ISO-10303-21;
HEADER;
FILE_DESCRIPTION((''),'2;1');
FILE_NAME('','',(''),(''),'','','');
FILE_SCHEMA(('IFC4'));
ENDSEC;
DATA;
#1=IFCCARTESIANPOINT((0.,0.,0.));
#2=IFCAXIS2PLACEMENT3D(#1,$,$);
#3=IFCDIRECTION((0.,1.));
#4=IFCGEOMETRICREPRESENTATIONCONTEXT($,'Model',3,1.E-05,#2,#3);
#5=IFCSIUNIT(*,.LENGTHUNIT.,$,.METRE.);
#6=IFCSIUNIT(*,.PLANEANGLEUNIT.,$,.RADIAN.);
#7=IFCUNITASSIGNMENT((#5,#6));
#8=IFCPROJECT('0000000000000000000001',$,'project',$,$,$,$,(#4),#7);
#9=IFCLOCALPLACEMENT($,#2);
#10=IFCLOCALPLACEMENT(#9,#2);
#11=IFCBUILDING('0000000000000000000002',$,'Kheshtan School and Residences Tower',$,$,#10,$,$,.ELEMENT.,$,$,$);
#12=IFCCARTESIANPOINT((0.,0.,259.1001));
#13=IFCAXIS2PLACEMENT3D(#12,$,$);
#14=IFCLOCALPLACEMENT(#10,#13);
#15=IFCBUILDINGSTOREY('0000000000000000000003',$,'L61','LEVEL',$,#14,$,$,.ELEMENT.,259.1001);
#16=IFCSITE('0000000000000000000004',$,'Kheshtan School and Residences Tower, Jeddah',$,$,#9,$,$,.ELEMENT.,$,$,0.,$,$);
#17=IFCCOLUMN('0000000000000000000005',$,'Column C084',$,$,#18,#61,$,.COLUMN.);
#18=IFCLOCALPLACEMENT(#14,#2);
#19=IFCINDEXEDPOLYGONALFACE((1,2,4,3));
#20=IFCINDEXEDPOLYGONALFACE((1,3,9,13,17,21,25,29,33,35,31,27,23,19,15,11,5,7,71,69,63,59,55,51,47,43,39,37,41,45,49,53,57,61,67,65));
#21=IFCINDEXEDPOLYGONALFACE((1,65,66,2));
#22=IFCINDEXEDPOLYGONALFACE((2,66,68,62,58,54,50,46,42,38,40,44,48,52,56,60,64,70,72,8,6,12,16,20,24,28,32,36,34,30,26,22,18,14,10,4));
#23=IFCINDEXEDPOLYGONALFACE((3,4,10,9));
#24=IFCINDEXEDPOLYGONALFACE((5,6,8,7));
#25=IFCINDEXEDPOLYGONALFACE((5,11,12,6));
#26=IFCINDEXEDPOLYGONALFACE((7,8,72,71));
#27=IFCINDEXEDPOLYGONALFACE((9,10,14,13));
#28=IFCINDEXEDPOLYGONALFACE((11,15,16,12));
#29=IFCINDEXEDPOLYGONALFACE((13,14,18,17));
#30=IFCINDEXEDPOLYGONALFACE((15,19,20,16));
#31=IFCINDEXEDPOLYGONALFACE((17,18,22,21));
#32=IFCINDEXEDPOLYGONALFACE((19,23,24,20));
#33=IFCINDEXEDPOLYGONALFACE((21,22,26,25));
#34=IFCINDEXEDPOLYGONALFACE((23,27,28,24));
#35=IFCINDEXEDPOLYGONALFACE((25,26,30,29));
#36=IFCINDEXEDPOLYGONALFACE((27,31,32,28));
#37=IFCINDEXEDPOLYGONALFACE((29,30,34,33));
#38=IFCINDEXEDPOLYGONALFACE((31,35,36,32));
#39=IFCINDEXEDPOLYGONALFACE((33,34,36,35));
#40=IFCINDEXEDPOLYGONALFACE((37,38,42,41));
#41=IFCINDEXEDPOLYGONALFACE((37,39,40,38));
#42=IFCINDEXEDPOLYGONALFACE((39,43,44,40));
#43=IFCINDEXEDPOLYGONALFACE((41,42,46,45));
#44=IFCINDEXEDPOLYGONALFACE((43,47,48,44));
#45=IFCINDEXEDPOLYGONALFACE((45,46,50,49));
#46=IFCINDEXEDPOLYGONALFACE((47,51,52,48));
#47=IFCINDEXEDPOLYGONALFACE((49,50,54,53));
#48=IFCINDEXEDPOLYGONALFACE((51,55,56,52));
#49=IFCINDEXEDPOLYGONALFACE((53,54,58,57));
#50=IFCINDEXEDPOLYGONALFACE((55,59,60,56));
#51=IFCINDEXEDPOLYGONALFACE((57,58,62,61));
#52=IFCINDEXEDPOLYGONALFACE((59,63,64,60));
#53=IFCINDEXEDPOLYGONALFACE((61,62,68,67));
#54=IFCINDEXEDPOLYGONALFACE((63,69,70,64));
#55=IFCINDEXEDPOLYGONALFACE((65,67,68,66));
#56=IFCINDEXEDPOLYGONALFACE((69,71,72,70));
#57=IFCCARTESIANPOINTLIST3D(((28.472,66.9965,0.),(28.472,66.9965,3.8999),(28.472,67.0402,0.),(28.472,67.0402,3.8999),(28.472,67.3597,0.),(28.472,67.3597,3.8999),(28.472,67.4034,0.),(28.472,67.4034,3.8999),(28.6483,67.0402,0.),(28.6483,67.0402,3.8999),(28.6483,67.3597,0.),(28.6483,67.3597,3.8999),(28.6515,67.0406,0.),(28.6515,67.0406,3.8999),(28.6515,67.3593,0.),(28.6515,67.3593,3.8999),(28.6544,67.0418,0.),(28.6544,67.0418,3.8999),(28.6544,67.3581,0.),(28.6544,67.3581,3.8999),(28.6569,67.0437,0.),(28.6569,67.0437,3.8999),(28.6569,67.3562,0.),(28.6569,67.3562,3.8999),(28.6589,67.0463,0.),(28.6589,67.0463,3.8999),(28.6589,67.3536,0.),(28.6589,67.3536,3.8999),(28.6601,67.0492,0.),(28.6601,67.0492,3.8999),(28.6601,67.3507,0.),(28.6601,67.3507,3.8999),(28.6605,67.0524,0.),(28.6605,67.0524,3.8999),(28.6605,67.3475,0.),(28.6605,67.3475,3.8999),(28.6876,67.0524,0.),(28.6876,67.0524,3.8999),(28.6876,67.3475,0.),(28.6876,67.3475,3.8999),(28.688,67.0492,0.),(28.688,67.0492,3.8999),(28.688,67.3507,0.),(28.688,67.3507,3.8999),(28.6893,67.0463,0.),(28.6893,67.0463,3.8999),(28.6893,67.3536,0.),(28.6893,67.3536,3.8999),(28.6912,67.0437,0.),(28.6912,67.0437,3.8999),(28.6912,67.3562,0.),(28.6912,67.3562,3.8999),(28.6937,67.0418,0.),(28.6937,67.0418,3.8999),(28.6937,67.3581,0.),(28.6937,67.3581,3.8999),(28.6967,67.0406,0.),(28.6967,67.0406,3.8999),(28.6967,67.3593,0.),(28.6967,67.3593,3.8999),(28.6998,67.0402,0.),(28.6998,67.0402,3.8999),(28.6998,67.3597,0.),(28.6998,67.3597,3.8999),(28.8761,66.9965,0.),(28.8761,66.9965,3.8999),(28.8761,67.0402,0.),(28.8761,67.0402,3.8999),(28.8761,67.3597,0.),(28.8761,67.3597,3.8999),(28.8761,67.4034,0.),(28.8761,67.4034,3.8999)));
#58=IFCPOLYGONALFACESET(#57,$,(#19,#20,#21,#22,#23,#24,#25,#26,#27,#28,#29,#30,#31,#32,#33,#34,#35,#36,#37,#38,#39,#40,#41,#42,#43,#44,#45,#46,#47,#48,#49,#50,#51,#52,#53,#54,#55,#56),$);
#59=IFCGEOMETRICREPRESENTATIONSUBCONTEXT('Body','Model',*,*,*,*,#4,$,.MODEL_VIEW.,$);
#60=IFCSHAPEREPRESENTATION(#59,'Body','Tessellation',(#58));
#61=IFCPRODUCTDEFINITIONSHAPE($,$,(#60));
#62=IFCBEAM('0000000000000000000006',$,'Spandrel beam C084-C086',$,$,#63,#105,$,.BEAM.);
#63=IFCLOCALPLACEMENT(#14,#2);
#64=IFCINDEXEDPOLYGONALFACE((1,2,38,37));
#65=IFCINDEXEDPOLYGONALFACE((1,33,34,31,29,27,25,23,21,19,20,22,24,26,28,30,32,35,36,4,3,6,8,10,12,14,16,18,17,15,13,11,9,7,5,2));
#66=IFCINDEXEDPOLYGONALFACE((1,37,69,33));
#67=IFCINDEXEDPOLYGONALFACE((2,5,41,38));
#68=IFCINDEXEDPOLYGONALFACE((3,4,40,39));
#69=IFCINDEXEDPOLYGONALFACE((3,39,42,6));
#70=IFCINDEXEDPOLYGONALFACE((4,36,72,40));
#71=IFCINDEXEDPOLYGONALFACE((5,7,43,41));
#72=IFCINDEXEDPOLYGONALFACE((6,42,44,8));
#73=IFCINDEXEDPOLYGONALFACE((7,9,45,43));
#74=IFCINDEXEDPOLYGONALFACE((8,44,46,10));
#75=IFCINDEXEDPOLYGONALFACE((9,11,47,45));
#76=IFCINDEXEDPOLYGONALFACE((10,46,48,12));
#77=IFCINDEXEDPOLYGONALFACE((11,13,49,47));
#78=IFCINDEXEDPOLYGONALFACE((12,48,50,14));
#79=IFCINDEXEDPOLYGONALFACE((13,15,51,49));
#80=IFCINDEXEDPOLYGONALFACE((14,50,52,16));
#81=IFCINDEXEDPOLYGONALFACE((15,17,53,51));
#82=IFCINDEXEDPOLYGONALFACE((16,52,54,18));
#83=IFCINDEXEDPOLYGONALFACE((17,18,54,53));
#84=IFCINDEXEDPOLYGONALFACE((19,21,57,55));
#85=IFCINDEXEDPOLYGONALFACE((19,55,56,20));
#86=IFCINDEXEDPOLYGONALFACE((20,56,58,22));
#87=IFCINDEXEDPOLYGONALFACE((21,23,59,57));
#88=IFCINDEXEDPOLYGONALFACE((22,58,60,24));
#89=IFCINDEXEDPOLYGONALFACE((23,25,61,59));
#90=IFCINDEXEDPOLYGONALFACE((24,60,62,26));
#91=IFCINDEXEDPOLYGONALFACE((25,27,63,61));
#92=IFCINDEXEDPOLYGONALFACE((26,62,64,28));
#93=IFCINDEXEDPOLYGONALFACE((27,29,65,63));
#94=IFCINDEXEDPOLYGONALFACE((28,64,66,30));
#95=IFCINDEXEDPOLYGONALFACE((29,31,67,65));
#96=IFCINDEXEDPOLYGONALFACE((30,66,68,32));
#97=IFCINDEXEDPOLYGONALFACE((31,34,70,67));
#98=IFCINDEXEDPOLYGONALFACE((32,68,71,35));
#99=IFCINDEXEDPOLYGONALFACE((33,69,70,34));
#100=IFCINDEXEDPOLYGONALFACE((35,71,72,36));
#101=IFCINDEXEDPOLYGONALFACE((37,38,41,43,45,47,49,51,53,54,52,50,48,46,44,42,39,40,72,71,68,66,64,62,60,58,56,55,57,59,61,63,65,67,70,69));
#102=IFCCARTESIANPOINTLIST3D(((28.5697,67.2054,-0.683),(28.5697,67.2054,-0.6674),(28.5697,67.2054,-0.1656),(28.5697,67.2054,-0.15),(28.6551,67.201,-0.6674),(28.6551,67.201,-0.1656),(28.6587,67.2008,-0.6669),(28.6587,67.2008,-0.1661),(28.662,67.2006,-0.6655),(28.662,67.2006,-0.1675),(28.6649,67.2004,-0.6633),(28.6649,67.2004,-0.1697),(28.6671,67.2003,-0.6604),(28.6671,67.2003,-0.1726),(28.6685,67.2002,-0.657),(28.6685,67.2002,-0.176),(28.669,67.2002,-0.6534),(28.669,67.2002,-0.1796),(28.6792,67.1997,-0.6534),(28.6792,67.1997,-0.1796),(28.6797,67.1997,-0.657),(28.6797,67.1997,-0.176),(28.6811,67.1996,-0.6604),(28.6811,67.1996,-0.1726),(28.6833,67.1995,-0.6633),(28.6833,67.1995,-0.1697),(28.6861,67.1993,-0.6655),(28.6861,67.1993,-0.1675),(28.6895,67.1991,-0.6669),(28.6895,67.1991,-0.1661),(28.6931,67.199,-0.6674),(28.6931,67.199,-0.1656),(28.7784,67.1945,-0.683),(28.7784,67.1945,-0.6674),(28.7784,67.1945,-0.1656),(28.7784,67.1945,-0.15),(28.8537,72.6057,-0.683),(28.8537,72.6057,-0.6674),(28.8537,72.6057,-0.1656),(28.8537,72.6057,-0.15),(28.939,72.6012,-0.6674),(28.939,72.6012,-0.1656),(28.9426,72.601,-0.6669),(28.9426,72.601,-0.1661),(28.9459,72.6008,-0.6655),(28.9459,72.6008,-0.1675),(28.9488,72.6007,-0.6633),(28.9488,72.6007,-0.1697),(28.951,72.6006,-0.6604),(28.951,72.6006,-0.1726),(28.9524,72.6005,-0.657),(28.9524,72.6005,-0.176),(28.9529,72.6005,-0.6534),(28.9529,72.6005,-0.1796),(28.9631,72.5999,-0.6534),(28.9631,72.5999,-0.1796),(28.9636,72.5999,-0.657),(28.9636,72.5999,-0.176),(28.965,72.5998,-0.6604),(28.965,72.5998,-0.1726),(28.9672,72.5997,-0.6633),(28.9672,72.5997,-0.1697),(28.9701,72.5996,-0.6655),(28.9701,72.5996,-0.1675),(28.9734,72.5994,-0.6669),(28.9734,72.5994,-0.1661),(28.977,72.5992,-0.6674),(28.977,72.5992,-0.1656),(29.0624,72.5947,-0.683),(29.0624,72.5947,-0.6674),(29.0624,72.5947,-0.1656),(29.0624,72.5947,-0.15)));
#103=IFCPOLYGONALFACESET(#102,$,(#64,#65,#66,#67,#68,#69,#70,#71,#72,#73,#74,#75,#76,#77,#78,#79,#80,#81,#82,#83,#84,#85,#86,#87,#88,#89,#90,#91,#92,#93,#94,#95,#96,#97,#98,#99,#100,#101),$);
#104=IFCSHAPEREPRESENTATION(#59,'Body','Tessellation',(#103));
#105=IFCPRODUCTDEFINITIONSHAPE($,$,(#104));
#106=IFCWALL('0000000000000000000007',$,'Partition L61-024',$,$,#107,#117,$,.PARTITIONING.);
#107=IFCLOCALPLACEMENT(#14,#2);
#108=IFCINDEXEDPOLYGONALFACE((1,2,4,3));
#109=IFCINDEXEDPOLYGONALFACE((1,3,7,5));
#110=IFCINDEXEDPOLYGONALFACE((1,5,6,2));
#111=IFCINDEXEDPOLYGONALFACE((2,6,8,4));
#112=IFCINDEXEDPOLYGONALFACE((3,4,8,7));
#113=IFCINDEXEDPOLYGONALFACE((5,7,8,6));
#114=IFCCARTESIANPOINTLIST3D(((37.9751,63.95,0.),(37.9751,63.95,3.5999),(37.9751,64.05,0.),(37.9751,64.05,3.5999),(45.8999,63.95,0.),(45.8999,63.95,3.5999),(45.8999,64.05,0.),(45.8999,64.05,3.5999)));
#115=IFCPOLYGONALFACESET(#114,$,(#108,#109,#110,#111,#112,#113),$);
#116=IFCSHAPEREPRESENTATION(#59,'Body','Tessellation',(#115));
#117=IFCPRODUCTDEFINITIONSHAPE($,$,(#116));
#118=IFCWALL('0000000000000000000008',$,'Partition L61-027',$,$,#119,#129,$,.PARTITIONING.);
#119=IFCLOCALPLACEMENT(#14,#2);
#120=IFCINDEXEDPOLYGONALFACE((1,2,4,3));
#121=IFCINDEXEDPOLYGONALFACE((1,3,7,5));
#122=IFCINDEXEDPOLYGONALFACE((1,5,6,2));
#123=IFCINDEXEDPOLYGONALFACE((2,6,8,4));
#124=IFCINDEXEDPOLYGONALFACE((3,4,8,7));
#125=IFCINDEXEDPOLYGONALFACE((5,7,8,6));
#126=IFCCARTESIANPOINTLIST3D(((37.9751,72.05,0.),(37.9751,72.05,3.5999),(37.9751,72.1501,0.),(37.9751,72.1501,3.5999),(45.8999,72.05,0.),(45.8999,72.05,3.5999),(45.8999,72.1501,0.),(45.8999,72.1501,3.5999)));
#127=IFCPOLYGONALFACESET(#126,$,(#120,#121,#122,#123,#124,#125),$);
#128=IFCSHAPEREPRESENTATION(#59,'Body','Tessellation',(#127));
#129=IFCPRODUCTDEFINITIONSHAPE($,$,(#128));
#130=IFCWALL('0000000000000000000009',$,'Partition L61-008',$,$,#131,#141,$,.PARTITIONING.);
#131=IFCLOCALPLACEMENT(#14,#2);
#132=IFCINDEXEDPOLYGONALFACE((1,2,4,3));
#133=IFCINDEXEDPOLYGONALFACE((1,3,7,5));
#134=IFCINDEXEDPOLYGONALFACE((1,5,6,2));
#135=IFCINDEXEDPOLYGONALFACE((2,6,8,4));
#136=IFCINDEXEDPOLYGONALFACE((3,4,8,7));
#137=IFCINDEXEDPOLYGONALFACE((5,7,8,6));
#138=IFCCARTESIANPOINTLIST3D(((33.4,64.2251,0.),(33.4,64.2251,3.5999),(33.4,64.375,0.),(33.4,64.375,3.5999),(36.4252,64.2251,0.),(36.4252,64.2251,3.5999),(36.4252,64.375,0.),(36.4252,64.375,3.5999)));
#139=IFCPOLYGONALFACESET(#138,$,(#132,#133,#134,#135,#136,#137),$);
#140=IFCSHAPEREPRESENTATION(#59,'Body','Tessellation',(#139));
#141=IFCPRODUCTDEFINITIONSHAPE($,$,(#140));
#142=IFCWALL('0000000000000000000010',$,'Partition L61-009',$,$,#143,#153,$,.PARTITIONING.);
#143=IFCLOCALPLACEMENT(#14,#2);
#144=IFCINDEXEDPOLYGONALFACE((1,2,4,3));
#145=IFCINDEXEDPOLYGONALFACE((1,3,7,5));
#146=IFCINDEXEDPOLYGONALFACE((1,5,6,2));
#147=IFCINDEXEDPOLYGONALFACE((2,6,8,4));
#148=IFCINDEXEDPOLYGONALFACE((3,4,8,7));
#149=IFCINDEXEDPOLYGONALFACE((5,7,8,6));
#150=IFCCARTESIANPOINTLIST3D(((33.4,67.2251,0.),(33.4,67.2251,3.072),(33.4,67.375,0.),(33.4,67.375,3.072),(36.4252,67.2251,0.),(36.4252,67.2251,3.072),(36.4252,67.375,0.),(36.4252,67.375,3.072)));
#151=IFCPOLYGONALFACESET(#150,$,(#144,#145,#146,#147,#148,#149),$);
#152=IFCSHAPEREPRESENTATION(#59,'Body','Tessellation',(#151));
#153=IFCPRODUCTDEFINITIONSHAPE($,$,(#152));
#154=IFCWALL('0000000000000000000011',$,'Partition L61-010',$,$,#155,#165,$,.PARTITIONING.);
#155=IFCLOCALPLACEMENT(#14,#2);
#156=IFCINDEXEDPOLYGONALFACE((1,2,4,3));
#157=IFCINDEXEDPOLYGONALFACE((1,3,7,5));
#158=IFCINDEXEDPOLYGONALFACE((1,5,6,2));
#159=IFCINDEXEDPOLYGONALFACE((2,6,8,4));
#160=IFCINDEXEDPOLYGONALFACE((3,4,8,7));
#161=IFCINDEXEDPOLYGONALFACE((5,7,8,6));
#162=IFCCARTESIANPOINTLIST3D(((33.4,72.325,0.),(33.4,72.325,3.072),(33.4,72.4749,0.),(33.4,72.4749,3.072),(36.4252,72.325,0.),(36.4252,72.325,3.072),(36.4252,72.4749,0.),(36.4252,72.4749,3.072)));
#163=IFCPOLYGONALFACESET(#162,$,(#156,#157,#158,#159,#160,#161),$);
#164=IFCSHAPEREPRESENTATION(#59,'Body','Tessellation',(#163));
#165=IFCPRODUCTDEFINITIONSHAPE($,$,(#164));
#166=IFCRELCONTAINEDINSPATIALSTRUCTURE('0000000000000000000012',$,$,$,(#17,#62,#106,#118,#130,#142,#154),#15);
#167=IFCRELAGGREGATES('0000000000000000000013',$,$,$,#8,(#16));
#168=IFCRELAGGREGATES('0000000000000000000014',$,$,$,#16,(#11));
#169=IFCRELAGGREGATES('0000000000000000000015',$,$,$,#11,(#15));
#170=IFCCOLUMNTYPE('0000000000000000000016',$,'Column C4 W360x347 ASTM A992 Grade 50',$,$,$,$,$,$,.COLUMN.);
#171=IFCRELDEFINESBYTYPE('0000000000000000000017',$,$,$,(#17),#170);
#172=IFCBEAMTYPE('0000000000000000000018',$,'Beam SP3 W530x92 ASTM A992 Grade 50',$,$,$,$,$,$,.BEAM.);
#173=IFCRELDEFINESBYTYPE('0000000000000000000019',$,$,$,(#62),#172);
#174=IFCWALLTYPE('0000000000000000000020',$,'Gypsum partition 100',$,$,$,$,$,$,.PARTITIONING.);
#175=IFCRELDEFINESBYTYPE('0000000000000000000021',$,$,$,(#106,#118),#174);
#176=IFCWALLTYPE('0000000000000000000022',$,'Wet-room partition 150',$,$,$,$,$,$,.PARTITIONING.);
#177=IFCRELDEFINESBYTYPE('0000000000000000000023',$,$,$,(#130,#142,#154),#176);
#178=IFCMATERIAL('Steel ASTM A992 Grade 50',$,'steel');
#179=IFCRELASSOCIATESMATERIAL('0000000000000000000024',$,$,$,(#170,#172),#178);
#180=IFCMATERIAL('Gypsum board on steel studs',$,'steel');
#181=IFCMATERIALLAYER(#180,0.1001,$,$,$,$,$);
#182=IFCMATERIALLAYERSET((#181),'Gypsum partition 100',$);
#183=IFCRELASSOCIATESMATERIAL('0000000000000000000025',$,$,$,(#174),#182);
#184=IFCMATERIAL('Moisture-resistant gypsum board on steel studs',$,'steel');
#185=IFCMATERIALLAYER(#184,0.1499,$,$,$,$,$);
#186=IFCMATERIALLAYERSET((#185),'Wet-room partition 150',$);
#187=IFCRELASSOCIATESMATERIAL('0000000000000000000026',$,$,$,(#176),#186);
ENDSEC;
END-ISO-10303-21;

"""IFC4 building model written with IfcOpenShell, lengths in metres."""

from ifc_helpers import new_model, si_unit, direction, frame, frame_2d, origin, origin_2d, place, context, subcontext, project, spatial, rectangle, i_section, extrude, material, layer, layer_set, material_profile, profile_set, type_object, element, save


model = new_model("IFC4")

# Units and contexts
model_context = context("Model", 3, precision=1e-05, world=origin(), true_north=direction((0.0, 1.0)))
body_context = subcontext(model_context, "Body", "Model", "MODEL_VIEW")
ifc_project = project(units=[si_unit("LENGTHUNIT", "METRE"), si_unit("PLANEANGLEUNIT", "RADIAN")], contexts=[model_context])

# Site, building, storey
site_placement = place(None, origin())
site = spatial("IfcSite", under=ifc_project, at=site_placement, Name="Kheshtan School and Residences Tower, Jeddah", CompositionType="ELEMENT", RefElevation=0.0)
building_placement = place(site_placement, origin())
building = spatial("IfcBuilding", under=site, at=building_placement, Name="Kheshtan School and Residences Tower", CompositionType="ELEMENT")
storey_placement = place(building_placement, frame((0.0, 0.0, 259.1001)))
storey = spatial("IfcBuildingStorey", under=building, at=storey_placement, Name="L61", Description="LEVEL", CompositionType="ELEMENT", Elevation=259.1001)

# Column
ifc_material_1 = material(Name="Steel ASTM A992 Grade 50", Category="steel")
ifc_material_profile_1 = material_profile(ifc_material_1, i_section(OverallWidth=0.4041, OverallDepth=0.407, WebThickness=0.0271, FlangeThickness=0.0437, FilletRadius=0.0122, at=origin_2d()), Name="W360x347")
ifc_profile_set_1 = profile_set([ifc_material_profile_1], Name="Steel ASTM A992 Grade 50")
column_type = type_object("IfcColumnType", Name="Column C4 W360x347 ASTM A992 Grade 50", PredefinedType="COLUMN", material=ifc_profile_set_1)
column_placement = place(storey_placement, frame((28.6741, 67.2, 0.0), z_axis=(0.0, 0.0, 1.0), x_axis=(1.0, 0.0, 0.0)))
element("IfcColumn", 1, at=column_placement, inside=storey, type_object=column_type, Name="Column C084", PredefinedType="COLUMN", context=body_context, shape_type="SweptSolid", body=[
    extrude(i_section(OverallWidth=0.4041, OverallDepth=0.407, WebThickness=0.0271, FlangeThickness=0.0437, FilletRadius=0.0122, at=origin_2d()), origin(), (0.0, 0.0, 1.0), 3.8999),
])

# Beam
ifc_material_profile_2 = material_profile(ifc_material_1, i_section(OverallWidth=0.209, OverallDepth=0.533, WebThickness=0.0103, FlangeThickness=0.0156, FilletRadius=0.0139, at=origin_2d()), Name="W530x92")
ifc_profile_set_2 = profile_set([ifc_material_profile_2], Name="Steel ASTM A992 Grade 50")
beam_type = type_object("IfcBeamType", Name="Beam SP3 W530x92 ASTM A992 Grade 50", PredefinedType="BEAM", material=ifc_profile_set_2)
beam_placement = place(storey_placement, frame((28.6741, 67.2, -0.4165), z_axis=(0.052507, 0.998621, 0.0), x_axis=(-0.998621, 0.052507, 0.0)))
element("IfcBeam", 2, at=beam_placement, inside=storey, type_object=beam_type, Name="Spandrel beam C084-C086", PredefinedType="BEAM", context=body_context, shape_type="SweptSolid", body=[
    extrude(i_section(OverallWidth=0.209, OverallDepth=0.533, WebThickness=0.0103, FlangeThickness=0.0156, FilletRadius=0.0139, at=origin_2d()), origin(), (0.0, 0.0, 1.0), 5.4077),
])

# Walls
ifc_material_2 = material(Name="Gypsum board on steel studs", Category="steel")
ifc_layer_1 = layer(ifc_material_2, 0.1001)
ifc_layer_set_1 = layer_set([ifc_layer_1], Name="Gypsum partition 100")
wall_type_1 = type_object("IfcWallType", Name="Gypsum partition 100", PredefinedType="PARTITIONING", material=ifc_layer_set_1)
for number, where, z_axis, x_axis, name in (
    (3, (37.9751, 64.0, 0.0), (0.0, 0.0, 1.0), (1.0, 0.0, 0.0), "Partition L61-024"),
    (4, (37.9751, 72.1001, 0.0), (0.0, 0.0, 1.0), (1.0, 0.0, 0.0), "Partition L61-027"),
):
    element("IfcWall", number, at=place(storey_placement, frame(where, z_axis=z_axis, x_axis=x_axis)), inside=storey, type_object=wall_type_1, Name=name, PredefinedType="PARTITIONING", context=body_context, shape_type="SweptSolid", body=[
        extrude(rectangle(XDim=7.9248, YDim=0.1001, at=frame_2d((3.9624, 0.0))), origin(), (0.0, 0.0, 1.0), 3.5999),
    ])
ifc_material_3 = material(Name="Moisture-resistant gypsum board on steel studs", Category="steel")
ifc_layer_2 = layer(ifc_material_3, 0.1499)
ifc_layer_set_2 = layer_set([ifc_layer_2], Name="Wet-room partition 150")
wall_type_2 = type_object("IfcWallType", Name="Wet-room partition 150", PredefinedType="PARTITIONING", material=ifc_layer_set_2)
wall_1_placement = place(storey_placement, frame((33.3999, 64.3, 0.0), z_axis=(0.0, 0.0, 1.0), x_axis=(1.0, 0.0, 0.0)))
element("IfcWall", 5, at=wall_1_placement, inside=storey, type_object=wall_type_2, Name="Partition L61-008", PredefinedType="PARTITIONING", context=body_context, shape_type="SweptSolid", body=[
    extrude(rectangle(XDim=3.0251, YDim=0.1499, at=frame_2d((1.5127, 0.0))), origin(), (0.0, 0.0, 1.0), 3.5999),
])
for number, where, z_axis, x_axis, name in (
    (6, (33.3999, 67.3, 0.0), (0.0, 0.0, 1.0), (1.0, 0.0, 0.0), "Partition L61-009"),
    (7, (33.3999, 72.3999, 0.0), (0.0, 0.0, 1.0), (1.0, 0.0, 0.0), "Partition L61-010"),
):
    element("IfcWall", number, at=place(storey_placement, frame(where, z_axis=z_axis, x_axis=x_axis)), inside=storey, type_object=wall_type_2, Name=name, PredefinedType="PARTITIONING", context=body_context, shape_type="SweptSolid", body=[
        extrude(rectangle(XDim=3.0251, YDim=0.1499, at=frame_2d((1.5127, 0.0))), origin(), (0.0, 0.0, 1.0), 3.072),
    ])

save(model, "model.ifc")
